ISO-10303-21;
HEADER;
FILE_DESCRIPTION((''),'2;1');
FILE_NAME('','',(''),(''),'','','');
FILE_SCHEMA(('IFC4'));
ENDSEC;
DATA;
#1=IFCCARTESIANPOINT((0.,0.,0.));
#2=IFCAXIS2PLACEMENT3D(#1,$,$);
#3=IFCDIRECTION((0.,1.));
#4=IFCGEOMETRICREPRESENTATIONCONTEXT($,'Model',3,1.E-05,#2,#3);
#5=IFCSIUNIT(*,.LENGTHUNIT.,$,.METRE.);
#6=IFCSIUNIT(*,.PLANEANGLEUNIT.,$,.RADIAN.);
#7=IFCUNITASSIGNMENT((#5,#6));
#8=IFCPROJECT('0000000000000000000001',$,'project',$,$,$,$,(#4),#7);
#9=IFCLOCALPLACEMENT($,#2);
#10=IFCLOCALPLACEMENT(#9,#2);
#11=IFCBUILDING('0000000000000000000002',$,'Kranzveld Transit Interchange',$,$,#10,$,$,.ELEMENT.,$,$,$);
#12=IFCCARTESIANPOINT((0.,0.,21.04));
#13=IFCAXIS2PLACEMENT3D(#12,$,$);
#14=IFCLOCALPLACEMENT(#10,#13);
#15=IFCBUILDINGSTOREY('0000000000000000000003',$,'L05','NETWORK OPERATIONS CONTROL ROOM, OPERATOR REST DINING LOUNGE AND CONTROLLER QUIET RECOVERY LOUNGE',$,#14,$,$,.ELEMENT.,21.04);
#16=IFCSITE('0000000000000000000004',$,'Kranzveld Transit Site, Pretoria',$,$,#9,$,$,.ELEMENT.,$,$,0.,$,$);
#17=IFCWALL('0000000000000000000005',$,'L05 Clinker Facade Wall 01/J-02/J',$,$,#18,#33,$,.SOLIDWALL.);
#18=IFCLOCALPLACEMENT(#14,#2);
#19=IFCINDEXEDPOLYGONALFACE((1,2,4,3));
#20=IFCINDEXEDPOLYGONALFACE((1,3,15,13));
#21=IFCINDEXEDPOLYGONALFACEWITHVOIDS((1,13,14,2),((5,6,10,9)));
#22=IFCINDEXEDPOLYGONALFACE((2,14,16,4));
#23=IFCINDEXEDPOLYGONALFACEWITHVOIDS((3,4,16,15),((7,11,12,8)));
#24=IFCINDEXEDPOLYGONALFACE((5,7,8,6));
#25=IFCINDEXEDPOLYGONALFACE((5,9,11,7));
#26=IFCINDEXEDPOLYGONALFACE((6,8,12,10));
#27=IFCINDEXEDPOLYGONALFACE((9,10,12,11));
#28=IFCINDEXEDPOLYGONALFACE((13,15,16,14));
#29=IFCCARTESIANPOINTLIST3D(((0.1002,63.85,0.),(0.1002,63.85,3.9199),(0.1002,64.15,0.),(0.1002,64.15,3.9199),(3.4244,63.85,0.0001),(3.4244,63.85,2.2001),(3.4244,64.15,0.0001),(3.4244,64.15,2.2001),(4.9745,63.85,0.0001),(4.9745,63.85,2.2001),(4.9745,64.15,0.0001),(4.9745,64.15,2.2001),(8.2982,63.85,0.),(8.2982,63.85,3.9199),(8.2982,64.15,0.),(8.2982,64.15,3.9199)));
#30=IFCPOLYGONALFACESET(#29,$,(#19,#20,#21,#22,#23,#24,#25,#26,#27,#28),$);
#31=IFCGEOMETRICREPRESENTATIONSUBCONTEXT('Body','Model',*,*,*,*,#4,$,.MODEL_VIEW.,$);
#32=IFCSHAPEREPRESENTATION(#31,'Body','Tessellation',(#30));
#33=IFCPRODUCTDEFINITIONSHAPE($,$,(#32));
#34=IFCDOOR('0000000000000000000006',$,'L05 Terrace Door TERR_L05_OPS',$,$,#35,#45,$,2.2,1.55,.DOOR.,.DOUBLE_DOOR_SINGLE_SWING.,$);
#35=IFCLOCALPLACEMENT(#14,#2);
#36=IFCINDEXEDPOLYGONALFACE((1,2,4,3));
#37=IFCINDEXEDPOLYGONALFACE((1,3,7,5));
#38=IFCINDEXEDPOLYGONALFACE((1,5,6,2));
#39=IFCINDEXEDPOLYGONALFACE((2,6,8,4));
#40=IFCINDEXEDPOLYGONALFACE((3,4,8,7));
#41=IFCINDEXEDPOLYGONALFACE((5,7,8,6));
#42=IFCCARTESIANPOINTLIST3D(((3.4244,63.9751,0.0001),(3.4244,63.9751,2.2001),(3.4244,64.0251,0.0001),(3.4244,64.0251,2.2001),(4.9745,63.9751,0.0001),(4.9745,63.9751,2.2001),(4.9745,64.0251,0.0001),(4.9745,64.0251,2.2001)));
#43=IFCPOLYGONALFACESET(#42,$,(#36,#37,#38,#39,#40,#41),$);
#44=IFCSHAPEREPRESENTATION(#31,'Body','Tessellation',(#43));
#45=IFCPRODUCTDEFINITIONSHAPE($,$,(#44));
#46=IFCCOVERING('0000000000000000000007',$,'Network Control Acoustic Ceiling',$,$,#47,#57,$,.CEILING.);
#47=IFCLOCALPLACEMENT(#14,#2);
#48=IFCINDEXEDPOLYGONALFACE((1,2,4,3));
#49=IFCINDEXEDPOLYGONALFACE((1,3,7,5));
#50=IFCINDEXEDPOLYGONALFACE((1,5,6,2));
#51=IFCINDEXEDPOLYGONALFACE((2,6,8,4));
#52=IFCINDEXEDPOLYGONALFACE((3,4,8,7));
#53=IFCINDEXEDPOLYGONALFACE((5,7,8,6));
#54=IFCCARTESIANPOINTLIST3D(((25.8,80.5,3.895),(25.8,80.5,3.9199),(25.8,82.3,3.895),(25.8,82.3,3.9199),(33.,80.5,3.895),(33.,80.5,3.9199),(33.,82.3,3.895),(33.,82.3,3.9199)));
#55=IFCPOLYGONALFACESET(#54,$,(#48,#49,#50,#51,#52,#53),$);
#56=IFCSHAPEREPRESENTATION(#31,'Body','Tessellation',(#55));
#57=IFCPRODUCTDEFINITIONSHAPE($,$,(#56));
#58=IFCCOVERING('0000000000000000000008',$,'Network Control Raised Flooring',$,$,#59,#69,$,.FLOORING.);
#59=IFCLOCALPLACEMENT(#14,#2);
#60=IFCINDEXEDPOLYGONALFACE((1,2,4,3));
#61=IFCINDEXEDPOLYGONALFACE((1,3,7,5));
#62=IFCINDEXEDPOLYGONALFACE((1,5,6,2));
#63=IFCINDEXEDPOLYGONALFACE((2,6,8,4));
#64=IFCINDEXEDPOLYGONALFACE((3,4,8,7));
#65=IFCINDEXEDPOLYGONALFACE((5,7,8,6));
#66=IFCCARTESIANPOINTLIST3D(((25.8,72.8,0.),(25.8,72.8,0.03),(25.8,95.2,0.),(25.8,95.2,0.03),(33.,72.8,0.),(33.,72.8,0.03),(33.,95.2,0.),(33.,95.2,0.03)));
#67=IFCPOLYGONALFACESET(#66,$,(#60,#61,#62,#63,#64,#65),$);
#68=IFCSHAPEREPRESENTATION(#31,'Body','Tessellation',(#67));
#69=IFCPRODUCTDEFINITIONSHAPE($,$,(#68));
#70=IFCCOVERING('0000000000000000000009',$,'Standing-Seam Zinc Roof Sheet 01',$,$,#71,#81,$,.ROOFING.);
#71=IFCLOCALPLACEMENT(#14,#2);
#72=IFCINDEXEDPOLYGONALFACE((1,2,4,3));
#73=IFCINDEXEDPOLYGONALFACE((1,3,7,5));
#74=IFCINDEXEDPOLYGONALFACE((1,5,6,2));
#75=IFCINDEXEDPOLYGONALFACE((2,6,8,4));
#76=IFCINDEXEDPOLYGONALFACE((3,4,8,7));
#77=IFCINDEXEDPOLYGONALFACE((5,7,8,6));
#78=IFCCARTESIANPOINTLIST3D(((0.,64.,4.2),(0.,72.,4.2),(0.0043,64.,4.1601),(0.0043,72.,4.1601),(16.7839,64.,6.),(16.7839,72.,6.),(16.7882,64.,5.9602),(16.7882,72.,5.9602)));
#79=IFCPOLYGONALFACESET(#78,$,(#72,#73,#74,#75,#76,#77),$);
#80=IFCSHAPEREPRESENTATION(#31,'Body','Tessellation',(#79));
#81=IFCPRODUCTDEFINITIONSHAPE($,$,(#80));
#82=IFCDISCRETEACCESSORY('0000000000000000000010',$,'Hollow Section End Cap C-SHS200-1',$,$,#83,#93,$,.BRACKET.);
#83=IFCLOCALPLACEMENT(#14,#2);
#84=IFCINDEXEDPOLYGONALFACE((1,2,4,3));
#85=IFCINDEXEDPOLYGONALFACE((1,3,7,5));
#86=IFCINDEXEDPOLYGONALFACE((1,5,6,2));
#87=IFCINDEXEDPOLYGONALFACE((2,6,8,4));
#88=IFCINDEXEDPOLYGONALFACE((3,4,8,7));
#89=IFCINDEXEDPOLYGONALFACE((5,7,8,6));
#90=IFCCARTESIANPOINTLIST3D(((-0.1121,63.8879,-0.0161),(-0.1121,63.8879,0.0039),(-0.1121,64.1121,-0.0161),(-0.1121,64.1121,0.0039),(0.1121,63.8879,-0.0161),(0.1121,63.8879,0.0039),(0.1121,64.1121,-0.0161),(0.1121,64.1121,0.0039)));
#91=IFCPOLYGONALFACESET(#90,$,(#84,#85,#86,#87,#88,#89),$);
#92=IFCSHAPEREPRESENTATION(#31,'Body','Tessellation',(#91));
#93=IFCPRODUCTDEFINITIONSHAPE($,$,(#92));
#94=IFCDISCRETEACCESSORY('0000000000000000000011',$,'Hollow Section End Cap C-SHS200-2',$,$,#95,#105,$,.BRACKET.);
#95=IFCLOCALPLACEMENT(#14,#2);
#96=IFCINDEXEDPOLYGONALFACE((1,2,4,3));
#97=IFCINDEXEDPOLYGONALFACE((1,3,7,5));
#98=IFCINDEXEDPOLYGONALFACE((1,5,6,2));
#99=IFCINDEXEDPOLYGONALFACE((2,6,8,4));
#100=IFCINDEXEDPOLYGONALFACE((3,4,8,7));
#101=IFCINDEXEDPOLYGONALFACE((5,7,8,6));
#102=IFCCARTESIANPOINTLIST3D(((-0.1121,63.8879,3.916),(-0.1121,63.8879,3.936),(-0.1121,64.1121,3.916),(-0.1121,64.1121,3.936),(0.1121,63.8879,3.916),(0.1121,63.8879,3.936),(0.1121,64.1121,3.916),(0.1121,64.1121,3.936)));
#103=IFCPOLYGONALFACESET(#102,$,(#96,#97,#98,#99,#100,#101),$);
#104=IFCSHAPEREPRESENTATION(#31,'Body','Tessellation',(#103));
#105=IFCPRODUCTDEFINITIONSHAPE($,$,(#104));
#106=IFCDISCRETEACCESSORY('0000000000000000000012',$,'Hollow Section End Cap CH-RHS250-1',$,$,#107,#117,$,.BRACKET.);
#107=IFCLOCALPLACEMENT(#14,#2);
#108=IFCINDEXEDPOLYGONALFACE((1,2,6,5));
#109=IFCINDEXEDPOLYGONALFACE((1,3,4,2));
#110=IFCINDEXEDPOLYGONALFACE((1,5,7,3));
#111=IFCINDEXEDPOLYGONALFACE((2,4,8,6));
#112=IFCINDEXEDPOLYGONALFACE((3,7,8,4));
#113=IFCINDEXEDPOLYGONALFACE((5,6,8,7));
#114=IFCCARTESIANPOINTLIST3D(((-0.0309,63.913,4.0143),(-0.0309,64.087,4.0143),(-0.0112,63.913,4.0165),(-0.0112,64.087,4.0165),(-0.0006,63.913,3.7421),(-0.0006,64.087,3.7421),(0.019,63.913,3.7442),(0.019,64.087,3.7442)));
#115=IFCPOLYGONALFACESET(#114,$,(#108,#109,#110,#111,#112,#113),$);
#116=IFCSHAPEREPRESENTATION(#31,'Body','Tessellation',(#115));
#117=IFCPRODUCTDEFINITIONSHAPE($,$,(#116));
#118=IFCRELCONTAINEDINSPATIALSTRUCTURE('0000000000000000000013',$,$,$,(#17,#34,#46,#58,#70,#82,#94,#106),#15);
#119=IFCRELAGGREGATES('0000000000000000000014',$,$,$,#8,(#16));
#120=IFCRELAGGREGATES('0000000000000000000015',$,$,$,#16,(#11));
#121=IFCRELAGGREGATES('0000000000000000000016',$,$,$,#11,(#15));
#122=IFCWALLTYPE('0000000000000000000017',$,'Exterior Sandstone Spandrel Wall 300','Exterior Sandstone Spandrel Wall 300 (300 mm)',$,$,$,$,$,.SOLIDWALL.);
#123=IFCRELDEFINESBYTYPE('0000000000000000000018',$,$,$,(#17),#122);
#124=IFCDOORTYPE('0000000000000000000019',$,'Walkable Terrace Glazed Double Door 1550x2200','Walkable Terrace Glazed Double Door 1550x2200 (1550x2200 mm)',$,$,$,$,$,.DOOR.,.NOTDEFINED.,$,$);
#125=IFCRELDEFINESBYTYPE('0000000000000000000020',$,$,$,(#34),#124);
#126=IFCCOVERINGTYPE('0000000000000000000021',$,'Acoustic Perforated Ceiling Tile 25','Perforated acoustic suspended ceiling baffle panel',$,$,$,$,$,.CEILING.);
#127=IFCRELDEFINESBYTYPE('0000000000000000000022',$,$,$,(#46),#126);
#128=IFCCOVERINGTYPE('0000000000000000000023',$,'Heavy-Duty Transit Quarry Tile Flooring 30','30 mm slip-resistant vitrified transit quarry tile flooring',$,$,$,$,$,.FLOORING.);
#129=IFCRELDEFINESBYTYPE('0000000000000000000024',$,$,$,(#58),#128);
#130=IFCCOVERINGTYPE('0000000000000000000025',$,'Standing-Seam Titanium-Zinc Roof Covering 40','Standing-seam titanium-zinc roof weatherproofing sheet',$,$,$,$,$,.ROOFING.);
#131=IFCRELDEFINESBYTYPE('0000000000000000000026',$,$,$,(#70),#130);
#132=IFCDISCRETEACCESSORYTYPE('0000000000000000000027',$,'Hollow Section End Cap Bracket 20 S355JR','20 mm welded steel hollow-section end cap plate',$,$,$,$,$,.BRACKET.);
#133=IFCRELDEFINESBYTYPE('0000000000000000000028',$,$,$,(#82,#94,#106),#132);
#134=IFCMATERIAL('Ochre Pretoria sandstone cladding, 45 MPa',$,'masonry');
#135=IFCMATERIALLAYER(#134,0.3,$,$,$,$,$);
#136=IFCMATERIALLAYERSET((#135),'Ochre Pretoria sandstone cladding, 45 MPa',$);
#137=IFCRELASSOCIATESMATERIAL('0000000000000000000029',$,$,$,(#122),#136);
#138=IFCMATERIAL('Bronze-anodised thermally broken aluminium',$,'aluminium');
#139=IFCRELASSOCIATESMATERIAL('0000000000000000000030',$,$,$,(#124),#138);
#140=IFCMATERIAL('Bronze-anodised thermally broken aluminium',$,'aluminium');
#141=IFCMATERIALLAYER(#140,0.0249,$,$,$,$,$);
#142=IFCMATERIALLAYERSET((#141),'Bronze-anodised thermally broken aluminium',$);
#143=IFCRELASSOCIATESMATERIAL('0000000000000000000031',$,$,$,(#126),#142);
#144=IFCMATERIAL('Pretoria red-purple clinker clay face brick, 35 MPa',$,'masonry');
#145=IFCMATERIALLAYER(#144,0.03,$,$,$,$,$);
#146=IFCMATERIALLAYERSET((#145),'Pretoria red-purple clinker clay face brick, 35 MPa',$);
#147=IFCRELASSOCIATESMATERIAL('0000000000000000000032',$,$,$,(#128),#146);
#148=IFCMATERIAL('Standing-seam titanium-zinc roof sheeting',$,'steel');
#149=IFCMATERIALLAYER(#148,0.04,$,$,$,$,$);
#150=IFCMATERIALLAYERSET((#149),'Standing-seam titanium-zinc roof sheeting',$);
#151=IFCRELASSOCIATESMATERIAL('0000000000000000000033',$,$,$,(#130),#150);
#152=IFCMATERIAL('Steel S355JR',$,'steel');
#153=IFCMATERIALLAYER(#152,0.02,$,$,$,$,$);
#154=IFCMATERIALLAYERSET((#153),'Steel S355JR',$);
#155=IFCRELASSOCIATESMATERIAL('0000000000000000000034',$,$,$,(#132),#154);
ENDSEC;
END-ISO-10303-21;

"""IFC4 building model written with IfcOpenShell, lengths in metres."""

from ifc_helpers import new_model, si_unit, direction, frame, frame_2d, origin, origin_2d, place, context, subcontext, project, spatial, polyline, rectangle, outline, extrude, material, layer, layer_set, type_object, element, fill, save


model = new_model("IFC4")

# Units and contexts
model_context = context("Model", 3, precision=1e-05, world=origin(), true_north=direction((0.0, 1.0)))
body_context = subcontext(model_context, "Body", "Model", "MODEL_VIEW")
ifc_project = project(units=[si_unit("LENGTHUNIT", "METRE"), si_unit("PLANEANGLEUNIT", "RADIAN")], contexts=[model_context])

# Site, building, storey
site_placement = place(None, origin())
site = spatial("IfcSite", under=ifc_project, at=site_placement, Name="Kranzveld Transit Site, Pretoria", CompositionType="ELEMENT", RefElevation=0.0)
building_placement = place(site_placement, origin())
building = spatial("IfcBuilding", under=site, at=building_placement, Name="Kranzveld Transit Interchange", CompositionType="ELEMENT")
storey_placement = place(building_placement, frame((0.0, 0.0, 21.04)))
storey = spatial("IfcBuildingStorey", under=building, at=storey_placement, Name="L05", Description="NETWORK OPERATIONS CONTROL ROOM, OPERATOR REST DINING LOUNGE AND CONTROLLER QUIET RECOVERY LOUNGE", CompositionType="ELEMENT", Elevation=21.04)

# Wall, opening, door
ifc_material_1 = material(Name="Ochre Pretoria sandstone cladding, 45 MPa", Category="masonry")
ifc_layer_1 = layer(ifc_material_1, 0.3)
ifc_layer_set_1 = layer_set([ifc_layer_1], Name="Ochre Pretoria sandstone cladding, 45 MPa")
wall_type = type_object("IfcWallType", Name="Exterior Sandstone Spandrel Wall 300", Description="Exterior Sandstone Spandrel Wall 300 (300 mm)", PredefinedType="SOLIDWALL", material=ifc_layer_set_1)
wall_placement = place(storey_placement, frame((0.1001, 64.0, 0.0), z_axis=(0.0, 0.0, 1.0), x_axis=(1.0, 0.0, 0.0)))
wall = element("IfcWall", 1, at=wall_placement, inside=storey, type_object=wall_type, Name="L05 Clinker Facade Wall 01/J-02/J", PredefinedType="SOLIDWALL", context=body_context, shape_type="SweptSolid", body=[
    extrude(rectangle(XDim=8.198, YDim=0.3, at=frame_2d((4.0991, 0.0))), origin(), (0.0, 0.0, 1.0), 3.9199),
])
opening_placement = place(wall_placement, frame((4.8743, 0.0, 0.0), z_axis=(0.0, 0.0, 1.0), x_axis=(-1.0, 0.0, 0.0)))
opening = element("IfcOpeningElement", 2, at=opening_placement, cuts=wall, PredefinedType="OPENING", context=body_context, shape_type="SweptSolid", body=[
    extrude(rectangle(XDim=1.55, YDim=2.2, at=frame_2d((0.7749, 1.1001))), frame((0.0, 0.1599, 0.0), z_axis=(0.0, -1.0, 0.0), x_axis=(1.0, 0.0, 0.0)), (0.0, 0.0, 1.0), 0.3201),
])
ifc_material_2 = material(Name="Bronze-anodised thermally broken aluminium", Category="aluminium")
door_type = type_object("IfcDoorType", Name="Walkable Terrace Glazed Double Door 1550x2200", Description="Walkable Terrace Glazed Double Door 1550x2200 (1550x2200 mm)", OperationType="NOTDEFINED", PredefinedType="DOOR", material=ifc_material_2)
door_placement = place(opening_placement, origin())
door = element("IfcDoor", 3, at=door_placement, inside=storey, type_object=door_type, Name="L05 Terrace Door TERR_L05_OPS", OperationType="DOUBLE_DOOR_SINGLE_SWING", OverallHeight=2.2, OverallWidth=1.55, PredefinedType="DOOR", context=body_context, shape_type="SweptSolid", body=[
    extrude(rectangle(XDim=1.55, YDim=2.2, at=frame_2d((0.7749, 1.1001))), frame((0.0, 0.0249, 0.0), z_axis=(0.0, -1.0, 0.0), x_axis=(1.0, 0.0, 0.0)), (0.0, 0.0, 1.0), 0.05),
])
fill(opening, door)

# Coverings
ifc_material_3 = material(Name="Bronze-anodised thermally broken aluminium", Category="aluminium")
ifc_layer_2 = layer(ifc_material_3, 0.0249)
ifc_layer_set_2 = layer_set([ifc_layer_2], Name="Bronze-anodised thermally broken aluminium")
covering_type_1 = type_object("IfcCoveringType", Name="Acoustic Perforated Ceiling Tile 25", Description="Perforated acoustic suspended ceiling baffle panel", PredefinedType="CEILING", material=ifc_layer_set_2)
covering_1_placement = place(storey_placement, frame((0.0, 0.0, 3.895)))
element("IfcCovering", 4, at=covering_1_placement, inside=storey, type_object=covering_type_1, Name="Network Control Acoustic Ceiling", PredefinedType="CEILING", context=body_context, shape_type="SweptSolid", body=[
    extrude(outline(polyline([(25.8, 80.5), (33.0, 80.5), (33.0, 82.3), (25.8, 82.3), (25.8, 80.5)])), origin(), (0.0, 0.0, 1.0), 0.0249),
])
ifc_material_4 = material(Name="Pretoria red-purple clinker clay face brick, 35 MPa", Category="masonry")
ifc_layer_3 = layer(ifc_material_4, 0.03)
ifc_layer_set_3 = layer_set([ifc_layer_3], Name="Pretoria red-purple clinker clay face brick, 35 MPa")
covering_type_2 = type_object("IfcCoveringType", Name="Heavy-Duty Transit Quarry Tile Flooring 30", Description="30 mm slip-resistant vitrified transit quarry tile flooring", PredefinedType="FLOORING", material=ifc_layer_set_3)
covering_2_placement = place(storey_placement, origin())
element("IfcCovering", 5, at=covering_2_placement, inside=storey, type_object=covering_type_2, Name="Network Control Raised Flooring", PredefinedType="FLOORING", context=body_context, shape_type="SweptSolid", body=[
    extrude(outline(polyline([(25.8, 72.8), (33.0, 72.8), (33.0, 95.2), (25.8, 95.2), (25.8, 72.8)])), origin(), (0.0, 0.0, 1.0), 0.03),
])
ifc_material_5 = material(Name="Standing-seam titanium-zinc roof sheeting", Category="steel")
ifc_layer_4 = layer(ifc_material_5, 0.04)
ifc_layer_set_4 = layer_set([ifc_layer_4], Name="Standing-seam titanium-zinc roof sheeting")
covering_type_3 = type_object("IfcCoveringType", Name="Standing-Seam Titanium-Zinc Roof Covering 40", Description="Standing-seam titanium-zinc roof weatherproofing sheet", PredefinedType="ROOFING", material=ifc_layer_set_4)
covering_3_placement = place(storey_placement, frame((0.0, 64.0, 4.2), z_axis=(-0.106637, 0.0, 0.994298), x_axis=(0.994298, 0.0, 0.106637)))
element("IfcCovering", 6, at=covering_3_placement, inside=storey, type_object=covering_type_3, Name="Standing-Seam Zinc Roof Sheet 01", PredefinedType="ROOFING", context=body_context, shape_type="SweptSolid", body=[
    extrude(outline(polyline([(0.0, 0.0), (16.8802, 0.0), (16.8802, 8.0), (0.0, 8.0), (0.0, 0.0)])), origin(), (0.0, 0.0, -1.0), 0.04),
])

# Discrete accessories
ifc_material_6 = material(Name="Steel S355JR", Category="steel")
ifc_layer_5 = layer(ifc_material_6, 0.02)
ifc_layer_set_5 = layer_set([ifc_layer_5], Name="Steel S355JR")
discrete_accessory_type = type_object("IfcDiscreteAccessoryType", Name="Hollow Section End Cap Bracket 20 S355JR", Description="20 mm welded steel hollow-section end cap plate", PredefinedType="BRACKET", material=ifc_layer_set_5)
for number, where, z_axis, x_axis, name in (
    (7, (0.0, 64.0, 0.0039), (0.0, 0.0, -1.0), (1.0, 0.0, 0.0), "Hollow Section End Cap C-SHS200-1"),
    (8, (0.0, 64.0, 3.916), (0.0, 0.0, 1.0), (1.0, 0.0, 0.0), "Hollow Section End Cap C-SHS200-2"),
):
    element("IfcDiscreteAccessory", number, at=place(storey_placement, frame(where, z_axis=z_axis, x_axis=x_axis)), inside=storey, type_object=discrete_accessory_type, Name=name, PredefinedType="BRACKET", context=body_context, shape_type="SweptSolid", body=[
        extrude(rectangle(XDim=0.2241, YDim=0.2241, at=origin_2d()), origin(), (0.0, 0.0, 1.0), 0.02),
    ])
discrete_accessory_placement = place(storey_placement, frame((0.0039, 64.0, 3.8804), z_axis=(-0.993884, 0.0, -0.110432), x_axis=(0.0, -1.0, 0.0)))
element("IfcDiscreteAccessory", 9, at=discrete_accessory_placement, inside=storey, type_object=discrete_accessory_type, Name="Hollow Section End Cap CH-RHS250-1", PredefinedType="BRACKET", context=body_context, shape_type="SweptSolid", body=[
    extrude(rectangle(XDim=0.1741, YDim=0.2739, at=origin_2d()), origin(), (0.0, 0.0, 1.0), 0.0198),
])

save(model, "model.ifc")
